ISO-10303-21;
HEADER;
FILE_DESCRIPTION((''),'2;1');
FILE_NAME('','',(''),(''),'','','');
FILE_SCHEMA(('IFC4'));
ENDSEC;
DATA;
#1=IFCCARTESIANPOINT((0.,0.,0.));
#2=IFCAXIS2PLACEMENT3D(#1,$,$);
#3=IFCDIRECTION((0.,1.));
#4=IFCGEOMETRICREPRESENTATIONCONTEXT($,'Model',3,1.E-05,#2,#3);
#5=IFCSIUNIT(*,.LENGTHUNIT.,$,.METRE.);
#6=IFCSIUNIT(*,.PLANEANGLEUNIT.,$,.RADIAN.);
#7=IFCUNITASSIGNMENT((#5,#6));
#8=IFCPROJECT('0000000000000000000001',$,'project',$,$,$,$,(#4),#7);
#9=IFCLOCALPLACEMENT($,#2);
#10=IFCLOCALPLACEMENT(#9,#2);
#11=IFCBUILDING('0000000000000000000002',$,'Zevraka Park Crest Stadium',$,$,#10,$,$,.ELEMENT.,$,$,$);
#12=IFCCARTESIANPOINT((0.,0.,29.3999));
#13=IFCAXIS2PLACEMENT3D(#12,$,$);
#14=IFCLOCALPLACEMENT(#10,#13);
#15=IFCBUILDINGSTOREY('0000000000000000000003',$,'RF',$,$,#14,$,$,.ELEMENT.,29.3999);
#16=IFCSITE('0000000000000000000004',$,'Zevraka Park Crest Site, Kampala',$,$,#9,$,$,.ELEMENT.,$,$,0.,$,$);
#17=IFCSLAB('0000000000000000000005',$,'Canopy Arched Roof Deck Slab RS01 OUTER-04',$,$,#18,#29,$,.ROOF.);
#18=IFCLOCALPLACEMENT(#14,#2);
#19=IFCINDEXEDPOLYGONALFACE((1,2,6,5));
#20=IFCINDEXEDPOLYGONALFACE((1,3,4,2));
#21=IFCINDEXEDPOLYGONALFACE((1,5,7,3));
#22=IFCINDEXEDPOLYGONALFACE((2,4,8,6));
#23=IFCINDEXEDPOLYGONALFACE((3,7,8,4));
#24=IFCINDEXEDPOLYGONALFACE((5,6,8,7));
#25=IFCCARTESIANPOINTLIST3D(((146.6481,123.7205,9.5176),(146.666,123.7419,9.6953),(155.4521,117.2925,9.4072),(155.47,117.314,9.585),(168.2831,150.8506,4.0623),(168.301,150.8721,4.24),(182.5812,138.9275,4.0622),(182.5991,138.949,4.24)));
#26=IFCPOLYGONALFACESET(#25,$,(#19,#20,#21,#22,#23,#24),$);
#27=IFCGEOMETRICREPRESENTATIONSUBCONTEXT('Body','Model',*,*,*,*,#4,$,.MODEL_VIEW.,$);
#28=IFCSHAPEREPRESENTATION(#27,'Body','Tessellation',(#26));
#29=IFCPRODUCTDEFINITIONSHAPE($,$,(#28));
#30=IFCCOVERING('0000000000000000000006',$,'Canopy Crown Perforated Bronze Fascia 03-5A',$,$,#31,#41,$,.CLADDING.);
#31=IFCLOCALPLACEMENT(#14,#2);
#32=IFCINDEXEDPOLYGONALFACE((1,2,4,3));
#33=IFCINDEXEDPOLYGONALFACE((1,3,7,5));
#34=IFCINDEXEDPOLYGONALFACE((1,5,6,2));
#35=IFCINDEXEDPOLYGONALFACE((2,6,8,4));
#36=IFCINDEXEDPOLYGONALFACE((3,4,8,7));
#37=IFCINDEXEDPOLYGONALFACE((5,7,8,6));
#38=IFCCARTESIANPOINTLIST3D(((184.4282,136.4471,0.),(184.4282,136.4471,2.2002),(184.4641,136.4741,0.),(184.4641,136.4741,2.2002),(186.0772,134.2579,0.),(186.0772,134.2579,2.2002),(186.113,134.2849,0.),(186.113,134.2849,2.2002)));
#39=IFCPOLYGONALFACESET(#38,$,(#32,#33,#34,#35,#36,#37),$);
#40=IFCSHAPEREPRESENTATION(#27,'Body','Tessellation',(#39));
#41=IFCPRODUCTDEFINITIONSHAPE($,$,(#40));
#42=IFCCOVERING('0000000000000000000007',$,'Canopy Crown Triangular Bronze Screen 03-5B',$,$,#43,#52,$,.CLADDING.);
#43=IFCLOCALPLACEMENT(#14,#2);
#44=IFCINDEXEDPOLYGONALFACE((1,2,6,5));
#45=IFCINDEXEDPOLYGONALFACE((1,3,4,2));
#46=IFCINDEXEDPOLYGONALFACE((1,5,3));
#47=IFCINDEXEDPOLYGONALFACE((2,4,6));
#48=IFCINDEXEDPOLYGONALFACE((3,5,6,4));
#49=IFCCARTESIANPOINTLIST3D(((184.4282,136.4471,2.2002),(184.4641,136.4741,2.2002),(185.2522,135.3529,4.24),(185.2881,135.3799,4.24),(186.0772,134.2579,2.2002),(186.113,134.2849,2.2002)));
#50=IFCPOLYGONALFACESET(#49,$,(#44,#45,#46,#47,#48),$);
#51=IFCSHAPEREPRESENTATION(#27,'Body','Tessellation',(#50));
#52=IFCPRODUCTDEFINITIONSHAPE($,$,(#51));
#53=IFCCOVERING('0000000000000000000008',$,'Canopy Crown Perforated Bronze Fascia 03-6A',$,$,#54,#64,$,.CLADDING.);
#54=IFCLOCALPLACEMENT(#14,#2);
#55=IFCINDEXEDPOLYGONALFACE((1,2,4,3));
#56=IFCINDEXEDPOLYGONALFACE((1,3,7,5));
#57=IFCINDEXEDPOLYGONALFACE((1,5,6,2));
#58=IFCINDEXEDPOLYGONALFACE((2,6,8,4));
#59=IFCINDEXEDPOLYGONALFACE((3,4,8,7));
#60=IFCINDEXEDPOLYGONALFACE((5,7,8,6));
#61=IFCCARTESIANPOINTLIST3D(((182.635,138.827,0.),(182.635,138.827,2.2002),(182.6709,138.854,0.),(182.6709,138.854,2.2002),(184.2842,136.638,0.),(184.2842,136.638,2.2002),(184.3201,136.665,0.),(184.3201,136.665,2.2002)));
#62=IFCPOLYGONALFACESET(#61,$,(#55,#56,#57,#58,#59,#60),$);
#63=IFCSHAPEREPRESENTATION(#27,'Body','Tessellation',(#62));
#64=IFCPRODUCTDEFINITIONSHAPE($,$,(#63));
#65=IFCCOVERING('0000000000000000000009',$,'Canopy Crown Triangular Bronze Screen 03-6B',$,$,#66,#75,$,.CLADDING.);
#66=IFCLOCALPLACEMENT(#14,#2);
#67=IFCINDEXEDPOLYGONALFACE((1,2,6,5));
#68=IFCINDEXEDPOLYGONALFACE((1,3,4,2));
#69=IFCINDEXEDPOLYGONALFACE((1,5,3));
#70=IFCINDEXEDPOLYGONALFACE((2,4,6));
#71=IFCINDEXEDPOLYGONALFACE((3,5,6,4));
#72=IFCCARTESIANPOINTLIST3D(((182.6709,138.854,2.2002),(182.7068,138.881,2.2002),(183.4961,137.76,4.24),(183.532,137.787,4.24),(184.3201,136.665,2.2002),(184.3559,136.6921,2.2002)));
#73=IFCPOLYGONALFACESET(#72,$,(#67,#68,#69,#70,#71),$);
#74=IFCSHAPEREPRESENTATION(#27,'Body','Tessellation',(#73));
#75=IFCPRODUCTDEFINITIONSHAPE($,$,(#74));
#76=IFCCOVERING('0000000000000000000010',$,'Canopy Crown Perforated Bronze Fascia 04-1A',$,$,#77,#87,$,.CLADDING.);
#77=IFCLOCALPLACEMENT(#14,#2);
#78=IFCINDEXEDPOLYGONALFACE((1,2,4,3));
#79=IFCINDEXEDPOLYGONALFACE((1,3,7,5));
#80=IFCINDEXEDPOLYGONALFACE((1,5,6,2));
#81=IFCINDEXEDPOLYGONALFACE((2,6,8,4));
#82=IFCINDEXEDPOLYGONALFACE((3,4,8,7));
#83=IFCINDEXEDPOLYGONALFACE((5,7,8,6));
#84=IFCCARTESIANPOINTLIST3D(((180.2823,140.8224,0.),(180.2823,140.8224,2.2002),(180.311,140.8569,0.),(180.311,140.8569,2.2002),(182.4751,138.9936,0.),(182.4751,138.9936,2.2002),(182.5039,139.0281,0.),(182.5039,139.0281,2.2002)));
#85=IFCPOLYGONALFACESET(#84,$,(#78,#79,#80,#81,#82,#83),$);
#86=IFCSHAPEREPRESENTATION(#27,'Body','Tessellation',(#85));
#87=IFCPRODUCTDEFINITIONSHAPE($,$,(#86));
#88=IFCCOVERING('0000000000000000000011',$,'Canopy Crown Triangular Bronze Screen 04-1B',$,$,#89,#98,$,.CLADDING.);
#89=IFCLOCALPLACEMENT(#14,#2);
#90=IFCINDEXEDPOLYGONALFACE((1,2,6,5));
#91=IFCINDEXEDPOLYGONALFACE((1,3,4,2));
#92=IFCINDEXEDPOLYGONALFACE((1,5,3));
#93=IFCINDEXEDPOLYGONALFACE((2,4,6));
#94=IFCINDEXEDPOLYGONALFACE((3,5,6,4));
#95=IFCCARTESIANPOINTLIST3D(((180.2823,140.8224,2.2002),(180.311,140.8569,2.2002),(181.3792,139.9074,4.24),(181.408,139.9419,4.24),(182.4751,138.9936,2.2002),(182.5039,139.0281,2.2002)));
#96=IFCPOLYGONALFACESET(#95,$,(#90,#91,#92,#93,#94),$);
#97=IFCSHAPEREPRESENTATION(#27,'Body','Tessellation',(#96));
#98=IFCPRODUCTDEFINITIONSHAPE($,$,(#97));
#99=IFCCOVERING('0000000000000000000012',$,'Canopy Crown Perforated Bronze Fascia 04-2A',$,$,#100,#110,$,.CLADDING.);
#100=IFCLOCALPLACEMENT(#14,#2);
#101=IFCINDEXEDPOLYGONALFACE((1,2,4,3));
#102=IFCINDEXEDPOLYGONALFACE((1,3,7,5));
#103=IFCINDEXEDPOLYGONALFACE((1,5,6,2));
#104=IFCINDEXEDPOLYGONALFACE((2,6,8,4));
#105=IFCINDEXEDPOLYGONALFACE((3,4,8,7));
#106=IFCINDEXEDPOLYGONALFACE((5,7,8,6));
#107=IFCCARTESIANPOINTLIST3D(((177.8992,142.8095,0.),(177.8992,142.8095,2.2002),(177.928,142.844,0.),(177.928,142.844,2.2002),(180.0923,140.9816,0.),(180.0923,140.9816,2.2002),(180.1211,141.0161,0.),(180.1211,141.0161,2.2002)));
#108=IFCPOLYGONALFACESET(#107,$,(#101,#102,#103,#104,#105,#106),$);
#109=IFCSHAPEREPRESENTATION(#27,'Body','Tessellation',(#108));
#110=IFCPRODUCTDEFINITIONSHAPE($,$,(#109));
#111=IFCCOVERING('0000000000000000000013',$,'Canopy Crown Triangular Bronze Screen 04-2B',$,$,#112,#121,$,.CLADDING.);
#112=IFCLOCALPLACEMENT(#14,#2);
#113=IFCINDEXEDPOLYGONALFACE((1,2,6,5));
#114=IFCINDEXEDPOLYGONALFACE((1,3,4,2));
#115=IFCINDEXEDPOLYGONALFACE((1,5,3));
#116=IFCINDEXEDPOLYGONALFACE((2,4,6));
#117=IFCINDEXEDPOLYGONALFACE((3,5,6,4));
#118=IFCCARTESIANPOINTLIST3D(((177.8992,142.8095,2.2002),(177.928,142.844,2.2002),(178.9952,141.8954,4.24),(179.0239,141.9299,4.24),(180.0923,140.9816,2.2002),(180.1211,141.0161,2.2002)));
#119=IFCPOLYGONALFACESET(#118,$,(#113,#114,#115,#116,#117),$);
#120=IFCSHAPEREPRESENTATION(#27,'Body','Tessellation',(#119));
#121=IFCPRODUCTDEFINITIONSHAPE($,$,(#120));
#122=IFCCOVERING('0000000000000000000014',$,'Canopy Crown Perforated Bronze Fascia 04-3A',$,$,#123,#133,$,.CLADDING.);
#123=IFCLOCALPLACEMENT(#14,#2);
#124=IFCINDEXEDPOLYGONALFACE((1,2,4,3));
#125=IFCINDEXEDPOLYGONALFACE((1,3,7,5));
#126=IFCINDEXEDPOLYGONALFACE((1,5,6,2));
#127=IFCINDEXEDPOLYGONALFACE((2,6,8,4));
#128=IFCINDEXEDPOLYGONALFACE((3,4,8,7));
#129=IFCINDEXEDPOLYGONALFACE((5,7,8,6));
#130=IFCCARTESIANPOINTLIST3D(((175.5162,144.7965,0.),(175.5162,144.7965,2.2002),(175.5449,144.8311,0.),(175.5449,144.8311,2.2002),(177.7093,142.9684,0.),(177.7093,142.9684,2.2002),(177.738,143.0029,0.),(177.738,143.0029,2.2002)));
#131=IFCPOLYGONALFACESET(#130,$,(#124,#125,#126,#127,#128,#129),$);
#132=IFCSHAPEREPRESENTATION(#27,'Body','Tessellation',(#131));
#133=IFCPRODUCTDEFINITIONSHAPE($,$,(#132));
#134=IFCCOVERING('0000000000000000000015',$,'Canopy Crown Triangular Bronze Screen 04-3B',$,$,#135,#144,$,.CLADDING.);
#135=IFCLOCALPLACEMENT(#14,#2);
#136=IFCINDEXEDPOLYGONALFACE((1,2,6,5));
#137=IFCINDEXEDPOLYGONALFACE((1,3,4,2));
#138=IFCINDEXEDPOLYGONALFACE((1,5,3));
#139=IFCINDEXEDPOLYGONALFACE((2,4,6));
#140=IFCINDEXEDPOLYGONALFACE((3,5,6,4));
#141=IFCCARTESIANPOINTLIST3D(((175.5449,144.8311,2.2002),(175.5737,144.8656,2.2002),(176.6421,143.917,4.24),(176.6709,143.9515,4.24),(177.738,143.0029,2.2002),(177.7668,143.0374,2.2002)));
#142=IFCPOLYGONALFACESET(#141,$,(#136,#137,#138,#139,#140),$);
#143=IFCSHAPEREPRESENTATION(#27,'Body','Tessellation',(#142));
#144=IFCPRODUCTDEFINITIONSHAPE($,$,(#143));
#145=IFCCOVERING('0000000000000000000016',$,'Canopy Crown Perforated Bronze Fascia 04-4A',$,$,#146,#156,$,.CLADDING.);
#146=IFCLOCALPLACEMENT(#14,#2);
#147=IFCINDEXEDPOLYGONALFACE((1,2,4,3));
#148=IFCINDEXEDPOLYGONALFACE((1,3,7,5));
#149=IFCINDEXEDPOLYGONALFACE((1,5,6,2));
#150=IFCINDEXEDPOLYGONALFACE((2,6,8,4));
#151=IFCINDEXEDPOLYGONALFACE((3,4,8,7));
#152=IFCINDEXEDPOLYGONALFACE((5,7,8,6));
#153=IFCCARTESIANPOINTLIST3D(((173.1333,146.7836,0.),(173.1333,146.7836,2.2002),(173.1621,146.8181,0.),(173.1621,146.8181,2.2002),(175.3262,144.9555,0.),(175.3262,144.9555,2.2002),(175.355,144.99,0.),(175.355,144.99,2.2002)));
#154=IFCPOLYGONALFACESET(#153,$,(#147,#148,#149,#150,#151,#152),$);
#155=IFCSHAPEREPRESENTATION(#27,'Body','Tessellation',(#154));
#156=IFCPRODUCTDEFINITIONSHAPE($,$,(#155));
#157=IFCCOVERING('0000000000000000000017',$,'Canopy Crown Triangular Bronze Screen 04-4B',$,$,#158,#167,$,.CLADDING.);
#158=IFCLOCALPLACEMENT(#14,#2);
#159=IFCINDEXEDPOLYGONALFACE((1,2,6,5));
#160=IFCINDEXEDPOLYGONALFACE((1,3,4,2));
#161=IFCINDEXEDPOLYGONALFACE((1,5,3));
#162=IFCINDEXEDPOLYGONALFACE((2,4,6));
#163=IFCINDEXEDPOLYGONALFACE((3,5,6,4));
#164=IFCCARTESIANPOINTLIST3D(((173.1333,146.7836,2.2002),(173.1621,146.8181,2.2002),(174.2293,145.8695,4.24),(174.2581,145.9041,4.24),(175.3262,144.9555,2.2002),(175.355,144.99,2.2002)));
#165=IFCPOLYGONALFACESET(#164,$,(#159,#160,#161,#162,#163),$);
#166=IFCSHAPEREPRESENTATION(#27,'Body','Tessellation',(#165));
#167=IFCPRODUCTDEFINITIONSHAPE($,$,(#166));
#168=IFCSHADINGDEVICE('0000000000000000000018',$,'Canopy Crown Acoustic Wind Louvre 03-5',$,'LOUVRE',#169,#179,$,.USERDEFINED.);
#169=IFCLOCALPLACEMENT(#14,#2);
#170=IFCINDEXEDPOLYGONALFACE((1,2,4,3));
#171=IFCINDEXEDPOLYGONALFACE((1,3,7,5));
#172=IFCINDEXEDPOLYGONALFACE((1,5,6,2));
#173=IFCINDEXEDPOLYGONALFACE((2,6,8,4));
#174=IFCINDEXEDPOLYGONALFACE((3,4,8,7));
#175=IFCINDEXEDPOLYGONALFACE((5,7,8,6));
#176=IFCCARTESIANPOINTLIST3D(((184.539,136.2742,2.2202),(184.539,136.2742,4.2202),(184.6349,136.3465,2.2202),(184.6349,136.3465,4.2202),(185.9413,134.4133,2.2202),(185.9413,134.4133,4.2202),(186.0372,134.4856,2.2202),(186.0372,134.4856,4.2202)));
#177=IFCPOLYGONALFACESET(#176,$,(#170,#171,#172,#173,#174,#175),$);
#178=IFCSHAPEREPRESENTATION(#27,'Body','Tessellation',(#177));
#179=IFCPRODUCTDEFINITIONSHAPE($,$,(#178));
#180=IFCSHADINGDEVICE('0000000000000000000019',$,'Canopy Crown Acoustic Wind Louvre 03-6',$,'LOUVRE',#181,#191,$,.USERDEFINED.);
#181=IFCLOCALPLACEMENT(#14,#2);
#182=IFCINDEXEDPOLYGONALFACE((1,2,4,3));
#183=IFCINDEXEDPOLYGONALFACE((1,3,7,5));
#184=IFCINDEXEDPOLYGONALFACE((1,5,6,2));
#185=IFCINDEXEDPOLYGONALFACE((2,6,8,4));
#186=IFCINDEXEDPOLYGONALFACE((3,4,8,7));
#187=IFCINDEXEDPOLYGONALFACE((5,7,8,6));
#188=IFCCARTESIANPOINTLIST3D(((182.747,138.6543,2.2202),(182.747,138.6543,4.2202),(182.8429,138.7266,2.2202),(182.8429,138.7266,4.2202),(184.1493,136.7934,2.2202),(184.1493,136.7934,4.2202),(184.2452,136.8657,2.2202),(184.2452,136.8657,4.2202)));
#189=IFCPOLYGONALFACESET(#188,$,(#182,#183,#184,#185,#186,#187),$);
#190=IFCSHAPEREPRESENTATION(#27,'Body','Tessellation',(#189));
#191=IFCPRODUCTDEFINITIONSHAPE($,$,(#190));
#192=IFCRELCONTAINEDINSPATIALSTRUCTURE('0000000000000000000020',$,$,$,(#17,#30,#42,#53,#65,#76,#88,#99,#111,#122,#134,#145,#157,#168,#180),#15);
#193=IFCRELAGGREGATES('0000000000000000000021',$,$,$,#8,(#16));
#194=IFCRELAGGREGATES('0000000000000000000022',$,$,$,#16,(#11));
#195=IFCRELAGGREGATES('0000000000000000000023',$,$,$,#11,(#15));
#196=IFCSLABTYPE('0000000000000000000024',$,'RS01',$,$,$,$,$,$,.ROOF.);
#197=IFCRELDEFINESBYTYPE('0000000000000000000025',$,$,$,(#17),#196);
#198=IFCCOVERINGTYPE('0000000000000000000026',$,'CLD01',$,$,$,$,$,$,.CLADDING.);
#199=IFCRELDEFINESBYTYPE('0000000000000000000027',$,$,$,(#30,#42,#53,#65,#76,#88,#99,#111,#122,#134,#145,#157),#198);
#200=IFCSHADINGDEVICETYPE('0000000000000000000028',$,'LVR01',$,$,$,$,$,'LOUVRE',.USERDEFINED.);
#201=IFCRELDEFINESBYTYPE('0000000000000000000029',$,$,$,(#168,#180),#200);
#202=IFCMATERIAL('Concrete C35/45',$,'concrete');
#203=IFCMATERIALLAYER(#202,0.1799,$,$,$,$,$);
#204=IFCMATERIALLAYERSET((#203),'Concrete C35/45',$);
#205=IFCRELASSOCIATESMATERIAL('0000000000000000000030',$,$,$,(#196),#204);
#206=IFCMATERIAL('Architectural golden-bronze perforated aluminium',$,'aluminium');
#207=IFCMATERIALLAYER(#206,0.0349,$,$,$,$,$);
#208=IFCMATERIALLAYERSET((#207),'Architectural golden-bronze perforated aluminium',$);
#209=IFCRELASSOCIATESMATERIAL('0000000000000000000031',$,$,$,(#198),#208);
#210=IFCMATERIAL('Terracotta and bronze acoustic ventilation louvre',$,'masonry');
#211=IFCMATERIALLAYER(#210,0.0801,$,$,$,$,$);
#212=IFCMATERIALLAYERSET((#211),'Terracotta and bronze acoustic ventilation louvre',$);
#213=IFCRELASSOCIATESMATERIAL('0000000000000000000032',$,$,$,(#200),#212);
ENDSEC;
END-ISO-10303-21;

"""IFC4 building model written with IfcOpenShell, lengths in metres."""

from ifc_helpers import new_model, si_unit, direction, frame, origin, origin_2d, place, context, subcontext, project, spatial, polyline, rectangle, outline, extrude, material, layer, layer_set, type_object, element, save


model = new_model("IFC4")

# Units and contexts
model_context = context("Model", 3, precision=1e-05, world=origin(), true_north=direction((0.0, 1.0)))
body_context = subcontext(model_context, "Body", "Model", "MODEL_VIEW")
ifc_project = project(units=[si_unit("LENGTHUNIT", "METRE"), si_unit("PLANEANGLEUNIT", "RADIAN")], contexts=[model_context])

# Site, building, storey
site_placement = place(None, origin())
site = spatial("IfcSite", under=ifc_project, at=site_placement, Name="Zevraka Park Crest Site, Kampala", CompositionType="ELEMENT", RefElevation=0.0)
building_placement = place(site_placement, origin())
building = spatial("IfcBuilding", under=site, at=building_placement, Name="Zevraka Park Crest Stadium", CompositionType="ELEMENT")
storey_placement = place(building_placement, frame((0.0, 0.0, 29.3999)))
storey = spatial("IfcBuildingStorey", under=building, at=storey_placement, Name="RF", CompositionType="ELEMENT", Elevation=29.3999)

# Slab
ifc_material_1 = material(Name="Concrete C35/45", Category="concrete")
ifc_layer_1 = layer(ifc_material_1, 0.1799)
ifc_layer_set_1 = layer_set([ifc_layer_1], Name="Concrete C35/45")
slab_type = type_object("IfcSlabType", Name="RS01", PredefinedType="ROOF", material=ifc_layer_set_1)
slab_placement = place(storey_placement, frame((182.5991, 138.949, 4.24), z_axis=(0.099487, 0.119303, 0.987861), x_axis=(-0.768009, 0.640439, 0.000001)))
element("IfcSlab", 1, at=slab_placement, inside=storey, type_object=slab_type, Name="Canopy Arched Roof Deck Slab RS01 OUTER-04", PredefinedType="ROOF", context=body_context, shape_type="SweptSolid", body=[
    extrude(outline(polyline([(0.0, 0.0), (18.6171, 0.0), (17.8578, 35.1184), (6.9796, 34.4081), (0.0, 0.0)])), origin(), (0.0, 0.0, -1.0), 0.1799),
])

# Coverings
ifc_material_2 = material(Name="Architectural golden-bronze perforated aluminium", Category="aluminium")
ifc_layer_2 = layer(ifc_material_2, 0.0349)
ifc_layer_set_2 = layer_set([ifc_layer_2], Name="Architectural golden-bronze perforated aluminium")
covering_type_1 = type_object("IfcCoveringType", Name="CLD01", PredefinedType="CLADDING", material=ifc_layer_set_2)
covering_1_placement = place(storey_placement, frame((186.113, 134.2849, 0.0), z_axis=(0.798769, 0.601638, 0.0), x_axis=(-0.601638, 0.798769, 0.0)))
element("IfcCovering", 2, at=covering_1_placement, inside=storey, type_object=covering_type_1, Name="Canopy Crown Perforated Bronze Fascia 03-5A", PredefinedType="CLADDING", context=body_context, shape_type="SweptSolid", body=[
    extrude(outline(polyline([(0.0, 0.0), (2.7407, 0.0), (2.7407, 2.2002), (0.0, 2.2002), (0.0, 0.0)])), origin(), (0.0, 0.0, -1.0), 0.0449),
])
covering_2_placement = place(storey_placement, frame((186.113, 134.2849, 2.2002), z_axis=(0.798769, 0.601638, 0.000083), x_axis=(-0.601638, 0.798769, 0.0)))
element("IfcCovering", 3, at=covering_2_placement, inside=storey, type_object=covering_type_1, Name="Canopy Crown Triangular Bronze Screen 03-5B", PredefinedType="CLADDING", context=body_context, shape_type="SweptSolid", body=[
    extrude(outline(polyline([(0.0, 0.0), (2.7407, 0.0), (1.371, 2.0398), (0.0, 0.0)])), origin(), (0.0, 0.0, -1.0), 0.0449),
])
covering_3_placement = place(storey_placement, frame((184.3201, 136.665, 0.0), z_axis=(0.798694, 0.601737, 0.0), x_axis=(-0.601737, 0.798694, 0.0)))
element("IfcCovering", 4, at=covering_3_placement, inside=storey, type_object=covering_type_1, Name="Canopy Crown Perforated Bronze Fascia 03-6A", PredefinedType="CLADDING", context=body_context, shape_type="SweptSolid", body=[
    extrude(outline(polyline([(0.0, 0.0), (2.7407, 0.0), (2.7407, 2.2002), (0.0, 2.2002), (0.0, 0.0)])), origin(), (0.0, 0.0, -1.0), 0.0449),
])
covering_4_placement = place(storey_placement, frame((184.3201, 136.665, 2.2002), z_axis=(-0.798694, -0.601737, 0.000383), x_axis=(-0.601737, 0.798694, 0.0)))
element("IfcCovering", 5, at=covering_4_placement, inside=storey, type_object=covering_type_1, Name="Canopy Crown Triangular Bronze Screen 03-6B", PredefinedType="CLADDING", context=body_context, shape_type="SweptSolid", body=[
    extrude(outline(polyline([(0.0, 0.0), (2.7407, 0.0), (1.3704, -2.0398), (0.0, 0.0)])), origin(), (0.0, 0.0, -1.0), 0.0449),
])
covering_5_placement = place(storey_placement, frame((182.5039, 139.0281, 0.0), z_axis=(0.640487, 0.767969, 0.0), x_axis=(-0.767969, 0.640487, 0.0)))
element("IfcCovering", 6, at=covering_5_placement, inside=storey, type_object=covering_type_1, Name="Canopy Crown Perforated Bronze Fascia 04-1A", PredefinedType="CLADDING", context=body_context, shape_type="SweptSolid", body=[
    extrude(outline(polyline([(0.0, 0.0), (2.8554, 0.0), (2.8554, 2.2002), (0.0, 2.2002), (0.0, 0.0)])), origin(), (0.0, 0.0, -1.0), 0.0449),
])
covering_6_placement = place(storey_placement, frame((182.5039, 139.0281, 2.2002), z_axis=(0.640487, 0.767969, 0.000076), x_axis=(-0.767969, 0.640487, 0.0)))
element("IfcCovering", 7, at=covering_6_placement, inside=storey, type_object=covering_type_1, Name="Canopy Crown Triangular Bronze Screen 04-1B", PredefinedType="CLADDING", context=body_context, shape_type="SweptSolid", body=[
    extrude(outline(polyline([(0.0, 0.0), (2.8554, 0.0), (1.4269, 2.0398), (0.0, 0.0)])), origin(), (0.0, 0.0, -1.0), 0.0449),
])
covering_7_placement = place(storey_placement, frame((180.1211, 141.0161, 0.0), z_axis=(0.640243, 0.768172, 0.0), x_axis=(-0.768172, 0.640243, 0.0)))
element("IfcCovering", 8, at=covering_7_placement, inside=storey, type_object=covering_type_1, Name="Canopy Crown Perforated Bronze Fascia 04-2A", PredefinedType="CLADDING", context=body_context, shape_type="SweptSolid", body=[
    extrude(outline(polyline([(0.0, 0.0), (2.855, 0.0), (2.855, 2.2002), (0.0, 2.2002), (0.0, 0.0)])), origin(), (0.0, 0.0, -1.0), 0.0449),
])
covering_8_placement = place(storey_placement, frame((180.1211, 141.0161, 2.2002), z_axis=(0.640243, 0.768172, 0.000238), x_axis=(-0.768172, 0.640243, 0.0)))
element("IfcCovering", 9, at=covering_8_placement, inside=storey, type_object=covering_type_1, Name="Canopy Crown Triangular Bronze Screen 04-2B", PredefinedType="CLADDING", context=body_context, shape_type="SweptSolid", body=[
    extrude(outline(polyline([(0.0, 0.0), (2.855, 0.0), (1.4279, 2.0398), (0.0, 0.0)])), origin(), (0.0, 0.0, -1.0), 0.0449),
])
covering_9_placement = place(storey_placement, frame((177.738, 143.0029, 0.0), z_axis=(0.640294, 0.76813, 0.0), x_axis=(-0.76813, 0.640294, 0.0)))
element("IfcCovering", 10, at=covering_9_placement, inside=storey, type_object=covering_type_1, Name="Canopy Crown Perforated Bronze Fascia 04-3A", PredefinedType="CLADDING", context=body_context, shape_type="SweptSolid", body=[
    extrude(outline(polyline([(0.0, 0.0), (2.8551, 0.0), (2.8551, 2.2002), (0.0, 2.2002), (0.0, 0.0)])), origin(), (0.0, 0.0, -1.0), 0.0449),
])
covering_10_placement = place(storey_placement, frame((177.738, 143.0029, 2.2002), z_axis=(-0.640294, -0.76813, 0.000192), x_axis=(-0.76813, 0.640294, 0.0)))
element("IfcCovering", 11, at=covering_10_placement, inside=storey, type_object=covering_type_1, Name="Canopy Crown Triangular Bronze Screen 04-3B", PredefinedType="CLADDING", context=body_context, shape_type="SweptSolid", body=[
    extrude(outline(polyline([(0.0, 0.0), (2.8551, 0.0), (1.4271, -2.0398), (0.0, 0.0)])), origin(), (0.0, 0.0, -1.0), 0.0449),
])
covering_11_placement = place(storey_placement, frame((175.355, 144.99, 0.0), z_axis=(0.640336, 0.768095, 0.0), x_axis=(-0.768095, 0.640336, 0.0)))
element("IfcCovering", 12, at=covering_11_placement, inside=storey, type_object=covering_type_1, Name="Canopy Crown Perforated Bronze Fascia 04-4A", PredefinedType="CLADDING", context=body_context, shape_type="SweptSolid", body=[
    extrude(outline(polyline([(0.0, 0.0), (2.8549, 0.0), (2.8549, 2.2002), (0.0, 2.2002), (0.0, 0.0)])), origin(), (0.0, 0.0, -1.0), 0.0449),
])
covering_12_placement = place(storey_placement, frame((175.355, 144.99, 2.2002), z_axis=(0.640336, 0.768095, 0.000153), x_axis=(-0.768095, 0.640336, 0.0)))
element("IfcCovering", 13, at=covering_12_placement, inside=storey, type_object=covering_type_1, Name="Canopy Crown Triangular Bronze Screen 04-4B", PredefinedType="CLADDING", context=body_context, shape_type="SweptSolid", body=[
    extrude(outline(polyline([(0.0, 0.0), (2.8549, 0.0), (1.4278, 2.0398), (0.0, 0.0)])), origin(), (0.0, 0.0, -1.0), 0.0449),
])

# Shading devices
ifc_material_3 = material(Name="Terracotta and bronze acoustic ventilation louvre", Category="masonry")
ifc_layer_3 = layer(ifc_material_3, 0.0801)
ifc_layer_set_3 = layer_set([ifc_layer_3], Name="Terracotta and bronze acoustic ventilation louvre")
shading_device_type = type_object("IfcShadingDeviceType", Name="LVR01", ElementType="LOUVRE", PredefinedType="USERDEFINED", material=ifc_layer_set_3)
for number, where, z_axis, x_axis, name in (
    (14, (185.2881, 135.3799, 2.2202), (0.0, 0.0, 1.0), (-0.601815, 0.798636, 0.0), "Canopy Crown Acoustic Wind Louvre 03-5"),
    (15, (183.4961, 137.76, 2.2202), (0.0, 0.0, 1.0), (-0.601815, 0.798636, 0.0), "Canopy Crown Acoustic Wind Louvre 03-6"),
):
    element("IfcShadingDevice", number, at=place(storey_placement, frame(where, z_axis=z_axis, x_axis=x_axis)), inside=storey, type_object=shading_device_type, Name=name, ObjectType="LOUVRE", PredefinedType="USERDEFINED", context=body_context, shape_type="SweptSolid", body=[
        extrude(rectangle(XDim=2.3301, YDim=0.1201, at=origin_2d()), origin(), (0.0, 0.0, 1.0), 2.0),
    ])

save(model, "model.ifc")
